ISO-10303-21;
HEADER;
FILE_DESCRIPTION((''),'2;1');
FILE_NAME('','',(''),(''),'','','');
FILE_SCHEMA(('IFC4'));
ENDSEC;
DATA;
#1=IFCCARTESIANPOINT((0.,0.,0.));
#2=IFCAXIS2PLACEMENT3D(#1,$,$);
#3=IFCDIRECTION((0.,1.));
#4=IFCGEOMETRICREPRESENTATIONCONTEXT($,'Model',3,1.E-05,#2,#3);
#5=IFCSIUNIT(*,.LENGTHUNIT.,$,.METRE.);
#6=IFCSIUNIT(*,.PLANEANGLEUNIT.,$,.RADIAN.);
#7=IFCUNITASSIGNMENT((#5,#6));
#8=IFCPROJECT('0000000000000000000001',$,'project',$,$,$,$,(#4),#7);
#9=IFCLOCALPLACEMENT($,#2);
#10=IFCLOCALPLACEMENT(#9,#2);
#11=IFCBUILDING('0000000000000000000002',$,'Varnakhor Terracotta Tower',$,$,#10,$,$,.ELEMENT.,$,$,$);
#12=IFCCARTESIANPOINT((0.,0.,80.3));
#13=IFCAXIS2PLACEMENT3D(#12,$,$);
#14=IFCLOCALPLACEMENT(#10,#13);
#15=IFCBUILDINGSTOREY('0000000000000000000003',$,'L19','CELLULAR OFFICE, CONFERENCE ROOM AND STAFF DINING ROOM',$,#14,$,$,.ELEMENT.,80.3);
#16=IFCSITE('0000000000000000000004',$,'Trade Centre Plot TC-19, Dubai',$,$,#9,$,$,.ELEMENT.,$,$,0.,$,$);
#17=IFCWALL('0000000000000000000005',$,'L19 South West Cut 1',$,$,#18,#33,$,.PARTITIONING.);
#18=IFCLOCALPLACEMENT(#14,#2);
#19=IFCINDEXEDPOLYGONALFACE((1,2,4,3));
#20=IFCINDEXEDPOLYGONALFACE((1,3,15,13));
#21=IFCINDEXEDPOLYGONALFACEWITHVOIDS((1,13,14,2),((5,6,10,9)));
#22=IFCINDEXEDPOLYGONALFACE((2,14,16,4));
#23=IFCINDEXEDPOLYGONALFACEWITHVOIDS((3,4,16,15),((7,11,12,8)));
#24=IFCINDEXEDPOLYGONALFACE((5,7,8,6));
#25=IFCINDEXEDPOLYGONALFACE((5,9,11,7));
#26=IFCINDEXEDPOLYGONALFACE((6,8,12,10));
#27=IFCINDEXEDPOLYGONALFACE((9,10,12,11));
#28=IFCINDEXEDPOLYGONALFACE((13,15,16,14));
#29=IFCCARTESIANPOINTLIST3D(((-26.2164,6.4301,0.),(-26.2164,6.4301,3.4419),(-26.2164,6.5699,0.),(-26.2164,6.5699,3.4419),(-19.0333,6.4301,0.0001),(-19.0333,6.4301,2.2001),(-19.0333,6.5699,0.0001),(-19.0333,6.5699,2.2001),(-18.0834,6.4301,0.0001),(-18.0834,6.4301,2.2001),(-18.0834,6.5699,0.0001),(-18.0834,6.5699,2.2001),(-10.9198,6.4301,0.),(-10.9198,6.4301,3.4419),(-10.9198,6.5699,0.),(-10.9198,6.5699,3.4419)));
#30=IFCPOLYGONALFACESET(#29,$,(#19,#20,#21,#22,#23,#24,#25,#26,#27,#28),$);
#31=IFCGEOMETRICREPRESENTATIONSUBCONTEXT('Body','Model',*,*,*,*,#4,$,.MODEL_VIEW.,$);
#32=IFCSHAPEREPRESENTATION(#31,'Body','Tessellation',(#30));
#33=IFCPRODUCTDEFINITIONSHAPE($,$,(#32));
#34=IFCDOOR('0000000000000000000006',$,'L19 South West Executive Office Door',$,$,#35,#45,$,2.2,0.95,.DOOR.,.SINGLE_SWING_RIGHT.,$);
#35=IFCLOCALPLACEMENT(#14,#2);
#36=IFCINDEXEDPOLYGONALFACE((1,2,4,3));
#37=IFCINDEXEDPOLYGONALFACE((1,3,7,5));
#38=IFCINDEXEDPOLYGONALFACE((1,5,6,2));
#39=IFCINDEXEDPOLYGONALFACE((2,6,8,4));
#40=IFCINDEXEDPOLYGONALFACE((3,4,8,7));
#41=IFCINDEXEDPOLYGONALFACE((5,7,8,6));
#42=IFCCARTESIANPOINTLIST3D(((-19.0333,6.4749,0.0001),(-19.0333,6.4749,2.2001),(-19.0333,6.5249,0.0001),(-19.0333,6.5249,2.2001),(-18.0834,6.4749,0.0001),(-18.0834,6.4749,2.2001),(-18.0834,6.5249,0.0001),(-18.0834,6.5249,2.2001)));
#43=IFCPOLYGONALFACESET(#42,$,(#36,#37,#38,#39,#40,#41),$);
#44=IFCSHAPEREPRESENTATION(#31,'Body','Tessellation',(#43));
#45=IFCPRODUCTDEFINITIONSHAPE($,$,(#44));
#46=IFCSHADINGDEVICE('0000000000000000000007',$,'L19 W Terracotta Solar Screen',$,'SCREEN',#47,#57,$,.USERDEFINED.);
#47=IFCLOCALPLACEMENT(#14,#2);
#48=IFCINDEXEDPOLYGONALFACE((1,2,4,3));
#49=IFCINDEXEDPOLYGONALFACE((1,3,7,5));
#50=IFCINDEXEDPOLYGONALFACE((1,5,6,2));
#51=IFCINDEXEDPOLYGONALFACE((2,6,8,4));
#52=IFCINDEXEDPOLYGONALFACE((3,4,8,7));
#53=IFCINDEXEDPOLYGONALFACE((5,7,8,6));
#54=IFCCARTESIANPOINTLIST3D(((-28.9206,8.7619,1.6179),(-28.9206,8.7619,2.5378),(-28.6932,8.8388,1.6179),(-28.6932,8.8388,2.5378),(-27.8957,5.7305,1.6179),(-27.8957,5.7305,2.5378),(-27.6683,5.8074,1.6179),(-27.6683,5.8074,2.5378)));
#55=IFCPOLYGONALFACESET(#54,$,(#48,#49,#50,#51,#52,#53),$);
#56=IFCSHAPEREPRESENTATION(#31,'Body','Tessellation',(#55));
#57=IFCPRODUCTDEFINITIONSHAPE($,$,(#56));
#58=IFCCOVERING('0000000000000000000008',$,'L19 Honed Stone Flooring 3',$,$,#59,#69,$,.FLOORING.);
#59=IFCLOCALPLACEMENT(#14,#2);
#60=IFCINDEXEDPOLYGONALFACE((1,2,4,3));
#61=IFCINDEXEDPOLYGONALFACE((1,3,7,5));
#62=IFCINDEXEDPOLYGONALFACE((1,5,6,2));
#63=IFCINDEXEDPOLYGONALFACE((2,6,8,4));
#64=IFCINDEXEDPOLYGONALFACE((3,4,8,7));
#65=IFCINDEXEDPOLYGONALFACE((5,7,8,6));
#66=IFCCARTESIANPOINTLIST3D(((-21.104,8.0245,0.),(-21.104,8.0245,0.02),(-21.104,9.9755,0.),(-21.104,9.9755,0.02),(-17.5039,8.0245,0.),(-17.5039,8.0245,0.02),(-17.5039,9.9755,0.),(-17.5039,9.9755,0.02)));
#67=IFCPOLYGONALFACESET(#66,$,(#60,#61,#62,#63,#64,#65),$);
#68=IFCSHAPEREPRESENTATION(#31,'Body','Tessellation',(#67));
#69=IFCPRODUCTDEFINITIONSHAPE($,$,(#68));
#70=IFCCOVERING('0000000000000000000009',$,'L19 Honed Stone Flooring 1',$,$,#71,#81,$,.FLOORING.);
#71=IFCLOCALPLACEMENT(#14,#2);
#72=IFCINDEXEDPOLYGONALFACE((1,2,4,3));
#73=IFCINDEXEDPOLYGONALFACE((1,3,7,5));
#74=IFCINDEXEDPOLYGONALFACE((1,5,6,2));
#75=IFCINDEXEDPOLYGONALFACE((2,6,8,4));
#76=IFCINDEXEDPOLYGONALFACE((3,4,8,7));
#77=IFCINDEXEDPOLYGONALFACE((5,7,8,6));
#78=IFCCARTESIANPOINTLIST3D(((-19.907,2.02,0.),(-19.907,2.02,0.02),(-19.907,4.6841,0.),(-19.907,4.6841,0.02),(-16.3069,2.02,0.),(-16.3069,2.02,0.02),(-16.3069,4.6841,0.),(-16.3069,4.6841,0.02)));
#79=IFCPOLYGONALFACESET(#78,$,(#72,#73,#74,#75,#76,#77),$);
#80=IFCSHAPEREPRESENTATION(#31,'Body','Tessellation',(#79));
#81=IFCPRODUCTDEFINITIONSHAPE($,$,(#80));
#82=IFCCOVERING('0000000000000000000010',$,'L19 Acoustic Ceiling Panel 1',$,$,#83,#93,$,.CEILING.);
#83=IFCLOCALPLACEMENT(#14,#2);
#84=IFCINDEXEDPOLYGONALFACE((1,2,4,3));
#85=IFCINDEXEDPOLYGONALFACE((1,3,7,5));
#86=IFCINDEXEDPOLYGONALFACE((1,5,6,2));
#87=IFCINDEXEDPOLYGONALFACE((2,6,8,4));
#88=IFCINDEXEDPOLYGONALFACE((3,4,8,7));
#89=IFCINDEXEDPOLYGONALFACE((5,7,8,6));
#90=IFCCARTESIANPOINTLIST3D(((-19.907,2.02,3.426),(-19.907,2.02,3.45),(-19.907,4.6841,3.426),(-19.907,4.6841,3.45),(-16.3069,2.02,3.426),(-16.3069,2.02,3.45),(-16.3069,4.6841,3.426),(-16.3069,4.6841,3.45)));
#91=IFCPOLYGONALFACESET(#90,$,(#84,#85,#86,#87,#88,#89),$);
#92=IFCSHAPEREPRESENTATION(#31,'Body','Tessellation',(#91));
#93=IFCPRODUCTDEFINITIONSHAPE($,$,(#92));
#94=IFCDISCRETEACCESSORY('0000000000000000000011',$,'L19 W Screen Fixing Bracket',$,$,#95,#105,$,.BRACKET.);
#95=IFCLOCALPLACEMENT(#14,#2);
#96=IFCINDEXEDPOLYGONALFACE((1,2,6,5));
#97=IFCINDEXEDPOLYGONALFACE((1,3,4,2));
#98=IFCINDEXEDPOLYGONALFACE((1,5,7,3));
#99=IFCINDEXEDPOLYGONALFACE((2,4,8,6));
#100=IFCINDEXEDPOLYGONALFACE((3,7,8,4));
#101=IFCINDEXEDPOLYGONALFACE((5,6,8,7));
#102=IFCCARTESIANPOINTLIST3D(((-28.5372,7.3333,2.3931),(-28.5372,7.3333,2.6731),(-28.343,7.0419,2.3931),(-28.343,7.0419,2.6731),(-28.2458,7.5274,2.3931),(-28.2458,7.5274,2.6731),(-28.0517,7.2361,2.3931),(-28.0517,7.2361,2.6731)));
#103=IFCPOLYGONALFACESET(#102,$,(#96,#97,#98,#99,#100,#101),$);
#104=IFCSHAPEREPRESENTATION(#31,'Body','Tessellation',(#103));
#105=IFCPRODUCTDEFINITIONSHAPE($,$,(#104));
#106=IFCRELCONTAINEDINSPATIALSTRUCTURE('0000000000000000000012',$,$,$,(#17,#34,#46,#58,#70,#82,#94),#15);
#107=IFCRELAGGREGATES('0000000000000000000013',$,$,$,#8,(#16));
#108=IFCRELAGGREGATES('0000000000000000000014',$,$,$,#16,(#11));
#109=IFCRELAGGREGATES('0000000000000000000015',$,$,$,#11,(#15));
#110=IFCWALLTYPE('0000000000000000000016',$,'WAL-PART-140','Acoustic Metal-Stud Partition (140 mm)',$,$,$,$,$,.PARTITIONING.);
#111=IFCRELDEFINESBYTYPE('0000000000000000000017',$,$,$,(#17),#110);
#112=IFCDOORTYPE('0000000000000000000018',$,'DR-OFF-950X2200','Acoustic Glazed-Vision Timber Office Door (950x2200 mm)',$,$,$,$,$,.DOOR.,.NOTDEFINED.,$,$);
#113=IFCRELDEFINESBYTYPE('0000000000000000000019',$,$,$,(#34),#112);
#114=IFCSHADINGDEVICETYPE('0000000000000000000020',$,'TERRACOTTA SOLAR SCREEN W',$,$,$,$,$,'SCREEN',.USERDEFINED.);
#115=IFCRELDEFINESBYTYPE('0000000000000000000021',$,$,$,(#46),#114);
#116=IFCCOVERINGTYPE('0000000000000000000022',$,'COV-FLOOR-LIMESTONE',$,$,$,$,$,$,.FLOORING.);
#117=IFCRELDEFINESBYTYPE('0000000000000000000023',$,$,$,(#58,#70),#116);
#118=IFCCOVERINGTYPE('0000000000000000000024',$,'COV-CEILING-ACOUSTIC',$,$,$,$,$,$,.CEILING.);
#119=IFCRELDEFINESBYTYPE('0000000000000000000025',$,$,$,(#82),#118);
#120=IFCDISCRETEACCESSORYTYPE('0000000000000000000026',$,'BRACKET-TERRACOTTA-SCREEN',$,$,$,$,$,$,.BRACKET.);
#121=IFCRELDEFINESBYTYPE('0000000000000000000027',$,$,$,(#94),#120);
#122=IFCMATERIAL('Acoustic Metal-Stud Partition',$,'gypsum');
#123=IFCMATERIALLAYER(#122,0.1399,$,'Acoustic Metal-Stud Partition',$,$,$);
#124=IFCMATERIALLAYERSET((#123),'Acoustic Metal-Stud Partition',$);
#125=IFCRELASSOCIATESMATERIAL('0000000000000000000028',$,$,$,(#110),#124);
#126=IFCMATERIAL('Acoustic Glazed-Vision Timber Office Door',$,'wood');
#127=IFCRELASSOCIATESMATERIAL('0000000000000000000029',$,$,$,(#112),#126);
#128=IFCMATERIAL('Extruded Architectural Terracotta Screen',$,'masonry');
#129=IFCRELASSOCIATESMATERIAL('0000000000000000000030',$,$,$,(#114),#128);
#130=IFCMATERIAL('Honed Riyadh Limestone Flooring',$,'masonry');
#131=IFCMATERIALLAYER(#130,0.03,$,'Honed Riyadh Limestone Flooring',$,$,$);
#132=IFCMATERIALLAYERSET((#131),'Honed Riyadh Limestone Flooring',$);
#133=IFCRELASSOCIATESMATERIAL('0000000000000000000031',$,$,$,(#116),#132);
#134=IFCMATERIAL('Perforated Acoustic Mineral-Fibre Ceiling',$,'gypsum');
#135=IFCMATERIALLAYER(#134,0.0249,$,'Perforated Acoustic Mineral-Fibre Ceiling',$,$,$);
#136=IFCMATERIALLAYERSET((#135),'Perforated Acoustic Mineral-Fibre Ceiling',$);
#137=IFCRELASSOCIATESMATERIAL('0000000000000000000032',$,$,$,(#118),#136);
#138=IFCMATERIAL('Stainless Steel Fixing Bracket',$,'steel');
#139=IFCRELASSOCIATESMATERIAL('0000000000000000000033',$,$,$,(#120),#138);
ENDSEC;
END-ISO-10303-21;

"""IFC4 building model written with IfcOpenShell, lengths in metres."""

from ifc_helpers import new_model, si_unit, direction, frame, frame_2d, origin, origin_2d, place, context, subcontext, project, spatial, rectangle, extrude, source, transform, mapped, material, layer, layer_set, type_object, type_shapes, element, fill, save


model = new_model("IFC4")

# Units and contexts
model_context = context("Model", 3, precision=1e-05, world=origin(), true_north=direction((0.0, 1.0)))
body_context = subcontext(model_context, "Body", "Model", "MODEL_VIEW")
ifc_project = project(units=[si_unit("LENGTHUNIT", "METRE"), si_unit("PLANEANGLEUNIT", "RADIAN")], contexts=[model_context])

# Site, building, storey
site_placement = place(None, origin())
site = spatial("IfcSite", under=ifc_project, at=site_placement, Name="Trade Centre Plot TC-19, Dubai", CompositionType="ELEMENT", RefElevation=0.0)
building_placement = place(site_placement, origin())
building = spatial("IfcBuilding", under=site, at=building_placement, Name="Varnakhor Terracotta Tower", CompositionType="ELEMENT")
storey_placement = place(building_placement, frame((0.0, 0.0, 80.3)))
storey = spatial("IfcBuildingStorey", under=building, at=storey_placement, Name="L19", Description="CELLULAR OFFICE, CONFERENCE ROOM AND STAFF DINING ROOM", CompositionType="ELEMENT", Elevation=80.3)

# Wall, opening, door
ifc_material_1 = material(Name="Acoustic Metal-Stud Partition", Category="gypsum")
ifc_layer_1 = layer(ifc_material_1, 0.1399, Name="Acoustic Metal-Stud Partition")
ifc_layer_set_1 = layer_set([ifc_layer_1], Name="Acoustic Metal-Stud Partition")
wall_type = type_object("IfcWallType", Name="WAL-PART-140", Description="Acoustic Metal-Stud Partition (140 mm)", PredefinedType="PARTITIONING", material=ifc_layer_set_1)
wall_placement = place(storey_placement, frame((-26.2166, 6.5, 0.0), z_axis=(0.0, 0.0, 1.0), x_axis=(1.0, 0.0, 0.0)))
wall = element("IfcWall", 1, at=wall_placement, inside=storey, type_object=wall_type, Name="L19 South West Cut 1", PredefinedType="PARTITIONING", context=body_context, shape_type="SweptSolid", body=[
    extrude(rectangle(XDim=15.2966, YDim=0.1399, at=frame_2d((7.6484, 0.0))), origin(), (0.0, 0.0, 1.0), 3.4419),
])
opening_placement = place(wall_placement, frame((7.1831, 0.0, 0.0)))
opening = element("IfcOpeningElement", 2, at=opening_placement, cuts=wall, PredefinedType="OPENING", context=body_context, shape_type="SweptSolid", body=[
    extrude(rectangle(XDim=0.95, YDim=2.2, at=frame_2d((0.4751, 1.1001))), frame((0.0, 0.0801, 0.0), z_axis=(0.0, -1.0, 0.0), x_axis=(1.0, 0.0, 0.0)), (0.0, 0.0, 1.0), 0.1599),
])
ifc_material_2 = material(Name="Acoustic Glazed-Vision Timber Office Door", Category="wood")
door_type = type_object("IfcDoorType", Name="DR-OFF-950X2200", Description="Acoustic Glazed-Vision Timber Office Door (950x2200 mm)", OperationType="NOTDEFINED", PredefinedType="DOOR", material=ifc_material_2)
shared_shape_1 = source(origin(), body_context, "Body", "SweptSolid", [
    extrude(rectangle(XDim=0.95, YDim=2.2, at=frame_2d((0.4751, 1.1001))), frame((0.0, 0.0249, 0.0), z_axis=(0.0, -1.0, 0.0), x_axis=(1.0, 0.0, 0.0)), (0.0, 0.0, 1.0), 0.05),
])
type_shapes(door_type, [shared_shape_1])
door_placement = place(opening_placement, origin())
door = element("IfcDoor", 3, at=door_placement, inside=storey, type_object=door_type, Name="L19 South West Executive Office Door", OperationType="SINGLE_SWING_RIGHT", OverallHeight=2.2, OverallWidth=0.95, PredefinedType="DOOR", context=body_context, shape_type="MappedRepresentation", body=[
    mapped(shared_shape_1, transform((0.0, 0.0, 0.0), scale=1.0)),
])
fill(opening, door)

# Shading device
ifc_material_3 = material(Name="Extruded Architectural Terracotta Screen", Category="masonry")
shading_device_type = type_object("IfcShadingDeviceType", Name="TERRACOTTA SOLAR SCREEN W", ElementType="SCREEN", PredefinedType="USERDEFINED", material=ifc_material_3)
shared_shape_2 = source(origin(), body_context, "Body", "SweptSolid", [
    extrude(rectangle(XDim=3.2, YDim=0.24, at=origin_2d()), origin(), (0.0, 0.0, 1.0), 0.9199),
])
type_shapes(shading_device_type, [shared_shape_2])
shading_device_placement = place(storey_placement, frame((-28.2944, 7.2847, 1.6179), z_axis=(0.0, 0.0, 1.0), x_axis=(0.320282, -0.947322, 0.0)))
element("IfcShadingDevice", 4, at=shading_device_placement, inside=storey, type_object=shading_device_type, Name="L19 W Terracotta Solar Screen", ObjectType="SCREEN", PredefinedType="USERDEFINED", context=body_context, shape_type="MappedRepresentation", body=[
    mapped(shared_shape_2, transform((0.0, 0.0, 0.0), scale=1.0)),
])

# Coverings
ifc_material_4 = material(Name="Honed Riyadh Limestone Flooring", Category="masonry")
ifc_layer_2 = layer(ifc_material_4, 0.03, Name="Honed Riyadh Limestone Flooring")
ifc_layer_set_2 = layer_set([ifc_layer_2], Name="Honed Riyadh Limestone Flooring")
covering_type_1 = type_object("IfcCoveringType", Name="COV-FLOOR-LIMESTONE", PredefinedType="FLOORING", material=ifc_layer_set_2)
shared_shape_3 = source(origin(), body_context, "Body", "SweptSolid", [
    extrude(rectangle(XDim=3.6001, YDim=1.9509, at=origin_2d()), origin(), (0.0, 0.0, 1.0), 0.02),
])
covering_1_placement = place(storey_placement, frame((-19.304, 9.0, 0.0), z_axis=(0.0, 0.0, 1.0), x_axis=(1.0, 0.0, 0.0)))
element("IfcCovering", 5, at=covering_1_placement, inside=storey, type_object=covering_type_1, Name="L19 Honed Stone Flooring 3", PredefinedType="FLOORING", context=body_context, shape_type="MappedRepresentation", body=[
    mapped(shared_shape_3, transform((0.0, 0.0, 0.0), scale=1.0)),
])
shared_shape_4 = source(origin(), body_context, "Body", "SweptSolid", [
    extrude(rectangle(XDim=3.6001, YDim=2.6641, at=origin_2d()), origin(), (0.0, 0.0, 1.0), 0.02),
])
covering_2_placement = place(storey_placement, frame((-18.1069, 3.3521, 0.0), z_axis=(0.0, 0.0, 1.0), x_axis=(1.0, 0.0, 0.0)))
element("IfcCovering", 6, at=covering_2_placement, inside=storey, type_object=covering_type_1, Name="L19 Honed Stone Flooring 1", PredefinedType="FLOORING", context=body_context, shape_type="MappedRepresentation", body=[
    mapped(shared_shape_4, transform((0.0, 0.0, 0.0), scale=1.0)),
])
ifc_material_5 = material(Name="Perforated Acoustic Mineral-Fibre Ceiling", Category="gypsum")
ifc_layer_3 = layer(ifc_material_5, 0.0249, Name="Perforated Acoustic Mineral-Fibre Ceiling")
ifc_layer_set_3 = layer_set([ifc_layer_3], Name="Perforated Acoustic Mineral-Fibre Ceiling")
covering_type_2 = type_object("IfcCoveringType", Name="COV-CEILING-ACOUSTIC", PredefinedType="CEILING", material=ifc_layer_set_3)
shared_shape_5 = source(origin(), body_context, "Body", "SweptSolid", [
    extrude(rectangle(XDim=3.6001, YDim=2.6641, at=origin_2d()), origin(), (0.0, 0.0, 1.0), 0.0239),
])
covering_3_placement = place(storey_placement, frame((-18.1069, 3.3521, 3.426), z_axis=(0.0, 0.0, 1.0), x_axis=(1.0, 0.0, 0.0)))
element("IfcCovering", 7, at=covering_3_placement, inside=storey, type_object=covering_type_2, Name="L19 Acoustic Ceiling Panel 1", PredefinedType="CEILING", context=body_context, shape_type="MappedRepresentation", body=[
    mapped(shared_shape_5, transform((0.0, 0.0, 0.0), scale=1.0)),
])

# Discrete accessory
ifc_material_6 = material(Name="Stainless Steel Fixing Bracket", Category="steel")
discrete_accessory_type = type_object("IfcDiscreteAccessoryType", Name="BRACKET-TERRACOTTA-SCREEN", PredefinedType="BRACKET", material=ifc_material_6)
shared_shape_6 = source(origin(), body_context, "Body", "SweptSolid", [
    extrude(rectangle(XDim=0.3501, YDim=0.3501, at=origin_2d()), origin(), (0.0, 0.0, 1.0), 0.28),
])
type_shapes(discrete_accessory_type, [shared_shape_6])
discrete_accessory_placement = place(storey_placement, frame((-28.2944, 7.2847, 2.3931), z_axis=(0.0, 0.0, 1.0), x_axis=(0.554554, -0.832148, 0.0)))
element("IfcDiscreteAccessory", 8, at=discrete_accessory_placement, inside=storey, type_object=discrete_accessory_type, Name="L19 W Screen Fixing Bracket", PredefinedType="BRACKET", context=body_context, shape_type="MappedRepresentation", body=[
    mapped(shared_shape_6, transform((0.0, 0.0, 0.0), scale=1.0)),
])

save(model, "model.ifc")
